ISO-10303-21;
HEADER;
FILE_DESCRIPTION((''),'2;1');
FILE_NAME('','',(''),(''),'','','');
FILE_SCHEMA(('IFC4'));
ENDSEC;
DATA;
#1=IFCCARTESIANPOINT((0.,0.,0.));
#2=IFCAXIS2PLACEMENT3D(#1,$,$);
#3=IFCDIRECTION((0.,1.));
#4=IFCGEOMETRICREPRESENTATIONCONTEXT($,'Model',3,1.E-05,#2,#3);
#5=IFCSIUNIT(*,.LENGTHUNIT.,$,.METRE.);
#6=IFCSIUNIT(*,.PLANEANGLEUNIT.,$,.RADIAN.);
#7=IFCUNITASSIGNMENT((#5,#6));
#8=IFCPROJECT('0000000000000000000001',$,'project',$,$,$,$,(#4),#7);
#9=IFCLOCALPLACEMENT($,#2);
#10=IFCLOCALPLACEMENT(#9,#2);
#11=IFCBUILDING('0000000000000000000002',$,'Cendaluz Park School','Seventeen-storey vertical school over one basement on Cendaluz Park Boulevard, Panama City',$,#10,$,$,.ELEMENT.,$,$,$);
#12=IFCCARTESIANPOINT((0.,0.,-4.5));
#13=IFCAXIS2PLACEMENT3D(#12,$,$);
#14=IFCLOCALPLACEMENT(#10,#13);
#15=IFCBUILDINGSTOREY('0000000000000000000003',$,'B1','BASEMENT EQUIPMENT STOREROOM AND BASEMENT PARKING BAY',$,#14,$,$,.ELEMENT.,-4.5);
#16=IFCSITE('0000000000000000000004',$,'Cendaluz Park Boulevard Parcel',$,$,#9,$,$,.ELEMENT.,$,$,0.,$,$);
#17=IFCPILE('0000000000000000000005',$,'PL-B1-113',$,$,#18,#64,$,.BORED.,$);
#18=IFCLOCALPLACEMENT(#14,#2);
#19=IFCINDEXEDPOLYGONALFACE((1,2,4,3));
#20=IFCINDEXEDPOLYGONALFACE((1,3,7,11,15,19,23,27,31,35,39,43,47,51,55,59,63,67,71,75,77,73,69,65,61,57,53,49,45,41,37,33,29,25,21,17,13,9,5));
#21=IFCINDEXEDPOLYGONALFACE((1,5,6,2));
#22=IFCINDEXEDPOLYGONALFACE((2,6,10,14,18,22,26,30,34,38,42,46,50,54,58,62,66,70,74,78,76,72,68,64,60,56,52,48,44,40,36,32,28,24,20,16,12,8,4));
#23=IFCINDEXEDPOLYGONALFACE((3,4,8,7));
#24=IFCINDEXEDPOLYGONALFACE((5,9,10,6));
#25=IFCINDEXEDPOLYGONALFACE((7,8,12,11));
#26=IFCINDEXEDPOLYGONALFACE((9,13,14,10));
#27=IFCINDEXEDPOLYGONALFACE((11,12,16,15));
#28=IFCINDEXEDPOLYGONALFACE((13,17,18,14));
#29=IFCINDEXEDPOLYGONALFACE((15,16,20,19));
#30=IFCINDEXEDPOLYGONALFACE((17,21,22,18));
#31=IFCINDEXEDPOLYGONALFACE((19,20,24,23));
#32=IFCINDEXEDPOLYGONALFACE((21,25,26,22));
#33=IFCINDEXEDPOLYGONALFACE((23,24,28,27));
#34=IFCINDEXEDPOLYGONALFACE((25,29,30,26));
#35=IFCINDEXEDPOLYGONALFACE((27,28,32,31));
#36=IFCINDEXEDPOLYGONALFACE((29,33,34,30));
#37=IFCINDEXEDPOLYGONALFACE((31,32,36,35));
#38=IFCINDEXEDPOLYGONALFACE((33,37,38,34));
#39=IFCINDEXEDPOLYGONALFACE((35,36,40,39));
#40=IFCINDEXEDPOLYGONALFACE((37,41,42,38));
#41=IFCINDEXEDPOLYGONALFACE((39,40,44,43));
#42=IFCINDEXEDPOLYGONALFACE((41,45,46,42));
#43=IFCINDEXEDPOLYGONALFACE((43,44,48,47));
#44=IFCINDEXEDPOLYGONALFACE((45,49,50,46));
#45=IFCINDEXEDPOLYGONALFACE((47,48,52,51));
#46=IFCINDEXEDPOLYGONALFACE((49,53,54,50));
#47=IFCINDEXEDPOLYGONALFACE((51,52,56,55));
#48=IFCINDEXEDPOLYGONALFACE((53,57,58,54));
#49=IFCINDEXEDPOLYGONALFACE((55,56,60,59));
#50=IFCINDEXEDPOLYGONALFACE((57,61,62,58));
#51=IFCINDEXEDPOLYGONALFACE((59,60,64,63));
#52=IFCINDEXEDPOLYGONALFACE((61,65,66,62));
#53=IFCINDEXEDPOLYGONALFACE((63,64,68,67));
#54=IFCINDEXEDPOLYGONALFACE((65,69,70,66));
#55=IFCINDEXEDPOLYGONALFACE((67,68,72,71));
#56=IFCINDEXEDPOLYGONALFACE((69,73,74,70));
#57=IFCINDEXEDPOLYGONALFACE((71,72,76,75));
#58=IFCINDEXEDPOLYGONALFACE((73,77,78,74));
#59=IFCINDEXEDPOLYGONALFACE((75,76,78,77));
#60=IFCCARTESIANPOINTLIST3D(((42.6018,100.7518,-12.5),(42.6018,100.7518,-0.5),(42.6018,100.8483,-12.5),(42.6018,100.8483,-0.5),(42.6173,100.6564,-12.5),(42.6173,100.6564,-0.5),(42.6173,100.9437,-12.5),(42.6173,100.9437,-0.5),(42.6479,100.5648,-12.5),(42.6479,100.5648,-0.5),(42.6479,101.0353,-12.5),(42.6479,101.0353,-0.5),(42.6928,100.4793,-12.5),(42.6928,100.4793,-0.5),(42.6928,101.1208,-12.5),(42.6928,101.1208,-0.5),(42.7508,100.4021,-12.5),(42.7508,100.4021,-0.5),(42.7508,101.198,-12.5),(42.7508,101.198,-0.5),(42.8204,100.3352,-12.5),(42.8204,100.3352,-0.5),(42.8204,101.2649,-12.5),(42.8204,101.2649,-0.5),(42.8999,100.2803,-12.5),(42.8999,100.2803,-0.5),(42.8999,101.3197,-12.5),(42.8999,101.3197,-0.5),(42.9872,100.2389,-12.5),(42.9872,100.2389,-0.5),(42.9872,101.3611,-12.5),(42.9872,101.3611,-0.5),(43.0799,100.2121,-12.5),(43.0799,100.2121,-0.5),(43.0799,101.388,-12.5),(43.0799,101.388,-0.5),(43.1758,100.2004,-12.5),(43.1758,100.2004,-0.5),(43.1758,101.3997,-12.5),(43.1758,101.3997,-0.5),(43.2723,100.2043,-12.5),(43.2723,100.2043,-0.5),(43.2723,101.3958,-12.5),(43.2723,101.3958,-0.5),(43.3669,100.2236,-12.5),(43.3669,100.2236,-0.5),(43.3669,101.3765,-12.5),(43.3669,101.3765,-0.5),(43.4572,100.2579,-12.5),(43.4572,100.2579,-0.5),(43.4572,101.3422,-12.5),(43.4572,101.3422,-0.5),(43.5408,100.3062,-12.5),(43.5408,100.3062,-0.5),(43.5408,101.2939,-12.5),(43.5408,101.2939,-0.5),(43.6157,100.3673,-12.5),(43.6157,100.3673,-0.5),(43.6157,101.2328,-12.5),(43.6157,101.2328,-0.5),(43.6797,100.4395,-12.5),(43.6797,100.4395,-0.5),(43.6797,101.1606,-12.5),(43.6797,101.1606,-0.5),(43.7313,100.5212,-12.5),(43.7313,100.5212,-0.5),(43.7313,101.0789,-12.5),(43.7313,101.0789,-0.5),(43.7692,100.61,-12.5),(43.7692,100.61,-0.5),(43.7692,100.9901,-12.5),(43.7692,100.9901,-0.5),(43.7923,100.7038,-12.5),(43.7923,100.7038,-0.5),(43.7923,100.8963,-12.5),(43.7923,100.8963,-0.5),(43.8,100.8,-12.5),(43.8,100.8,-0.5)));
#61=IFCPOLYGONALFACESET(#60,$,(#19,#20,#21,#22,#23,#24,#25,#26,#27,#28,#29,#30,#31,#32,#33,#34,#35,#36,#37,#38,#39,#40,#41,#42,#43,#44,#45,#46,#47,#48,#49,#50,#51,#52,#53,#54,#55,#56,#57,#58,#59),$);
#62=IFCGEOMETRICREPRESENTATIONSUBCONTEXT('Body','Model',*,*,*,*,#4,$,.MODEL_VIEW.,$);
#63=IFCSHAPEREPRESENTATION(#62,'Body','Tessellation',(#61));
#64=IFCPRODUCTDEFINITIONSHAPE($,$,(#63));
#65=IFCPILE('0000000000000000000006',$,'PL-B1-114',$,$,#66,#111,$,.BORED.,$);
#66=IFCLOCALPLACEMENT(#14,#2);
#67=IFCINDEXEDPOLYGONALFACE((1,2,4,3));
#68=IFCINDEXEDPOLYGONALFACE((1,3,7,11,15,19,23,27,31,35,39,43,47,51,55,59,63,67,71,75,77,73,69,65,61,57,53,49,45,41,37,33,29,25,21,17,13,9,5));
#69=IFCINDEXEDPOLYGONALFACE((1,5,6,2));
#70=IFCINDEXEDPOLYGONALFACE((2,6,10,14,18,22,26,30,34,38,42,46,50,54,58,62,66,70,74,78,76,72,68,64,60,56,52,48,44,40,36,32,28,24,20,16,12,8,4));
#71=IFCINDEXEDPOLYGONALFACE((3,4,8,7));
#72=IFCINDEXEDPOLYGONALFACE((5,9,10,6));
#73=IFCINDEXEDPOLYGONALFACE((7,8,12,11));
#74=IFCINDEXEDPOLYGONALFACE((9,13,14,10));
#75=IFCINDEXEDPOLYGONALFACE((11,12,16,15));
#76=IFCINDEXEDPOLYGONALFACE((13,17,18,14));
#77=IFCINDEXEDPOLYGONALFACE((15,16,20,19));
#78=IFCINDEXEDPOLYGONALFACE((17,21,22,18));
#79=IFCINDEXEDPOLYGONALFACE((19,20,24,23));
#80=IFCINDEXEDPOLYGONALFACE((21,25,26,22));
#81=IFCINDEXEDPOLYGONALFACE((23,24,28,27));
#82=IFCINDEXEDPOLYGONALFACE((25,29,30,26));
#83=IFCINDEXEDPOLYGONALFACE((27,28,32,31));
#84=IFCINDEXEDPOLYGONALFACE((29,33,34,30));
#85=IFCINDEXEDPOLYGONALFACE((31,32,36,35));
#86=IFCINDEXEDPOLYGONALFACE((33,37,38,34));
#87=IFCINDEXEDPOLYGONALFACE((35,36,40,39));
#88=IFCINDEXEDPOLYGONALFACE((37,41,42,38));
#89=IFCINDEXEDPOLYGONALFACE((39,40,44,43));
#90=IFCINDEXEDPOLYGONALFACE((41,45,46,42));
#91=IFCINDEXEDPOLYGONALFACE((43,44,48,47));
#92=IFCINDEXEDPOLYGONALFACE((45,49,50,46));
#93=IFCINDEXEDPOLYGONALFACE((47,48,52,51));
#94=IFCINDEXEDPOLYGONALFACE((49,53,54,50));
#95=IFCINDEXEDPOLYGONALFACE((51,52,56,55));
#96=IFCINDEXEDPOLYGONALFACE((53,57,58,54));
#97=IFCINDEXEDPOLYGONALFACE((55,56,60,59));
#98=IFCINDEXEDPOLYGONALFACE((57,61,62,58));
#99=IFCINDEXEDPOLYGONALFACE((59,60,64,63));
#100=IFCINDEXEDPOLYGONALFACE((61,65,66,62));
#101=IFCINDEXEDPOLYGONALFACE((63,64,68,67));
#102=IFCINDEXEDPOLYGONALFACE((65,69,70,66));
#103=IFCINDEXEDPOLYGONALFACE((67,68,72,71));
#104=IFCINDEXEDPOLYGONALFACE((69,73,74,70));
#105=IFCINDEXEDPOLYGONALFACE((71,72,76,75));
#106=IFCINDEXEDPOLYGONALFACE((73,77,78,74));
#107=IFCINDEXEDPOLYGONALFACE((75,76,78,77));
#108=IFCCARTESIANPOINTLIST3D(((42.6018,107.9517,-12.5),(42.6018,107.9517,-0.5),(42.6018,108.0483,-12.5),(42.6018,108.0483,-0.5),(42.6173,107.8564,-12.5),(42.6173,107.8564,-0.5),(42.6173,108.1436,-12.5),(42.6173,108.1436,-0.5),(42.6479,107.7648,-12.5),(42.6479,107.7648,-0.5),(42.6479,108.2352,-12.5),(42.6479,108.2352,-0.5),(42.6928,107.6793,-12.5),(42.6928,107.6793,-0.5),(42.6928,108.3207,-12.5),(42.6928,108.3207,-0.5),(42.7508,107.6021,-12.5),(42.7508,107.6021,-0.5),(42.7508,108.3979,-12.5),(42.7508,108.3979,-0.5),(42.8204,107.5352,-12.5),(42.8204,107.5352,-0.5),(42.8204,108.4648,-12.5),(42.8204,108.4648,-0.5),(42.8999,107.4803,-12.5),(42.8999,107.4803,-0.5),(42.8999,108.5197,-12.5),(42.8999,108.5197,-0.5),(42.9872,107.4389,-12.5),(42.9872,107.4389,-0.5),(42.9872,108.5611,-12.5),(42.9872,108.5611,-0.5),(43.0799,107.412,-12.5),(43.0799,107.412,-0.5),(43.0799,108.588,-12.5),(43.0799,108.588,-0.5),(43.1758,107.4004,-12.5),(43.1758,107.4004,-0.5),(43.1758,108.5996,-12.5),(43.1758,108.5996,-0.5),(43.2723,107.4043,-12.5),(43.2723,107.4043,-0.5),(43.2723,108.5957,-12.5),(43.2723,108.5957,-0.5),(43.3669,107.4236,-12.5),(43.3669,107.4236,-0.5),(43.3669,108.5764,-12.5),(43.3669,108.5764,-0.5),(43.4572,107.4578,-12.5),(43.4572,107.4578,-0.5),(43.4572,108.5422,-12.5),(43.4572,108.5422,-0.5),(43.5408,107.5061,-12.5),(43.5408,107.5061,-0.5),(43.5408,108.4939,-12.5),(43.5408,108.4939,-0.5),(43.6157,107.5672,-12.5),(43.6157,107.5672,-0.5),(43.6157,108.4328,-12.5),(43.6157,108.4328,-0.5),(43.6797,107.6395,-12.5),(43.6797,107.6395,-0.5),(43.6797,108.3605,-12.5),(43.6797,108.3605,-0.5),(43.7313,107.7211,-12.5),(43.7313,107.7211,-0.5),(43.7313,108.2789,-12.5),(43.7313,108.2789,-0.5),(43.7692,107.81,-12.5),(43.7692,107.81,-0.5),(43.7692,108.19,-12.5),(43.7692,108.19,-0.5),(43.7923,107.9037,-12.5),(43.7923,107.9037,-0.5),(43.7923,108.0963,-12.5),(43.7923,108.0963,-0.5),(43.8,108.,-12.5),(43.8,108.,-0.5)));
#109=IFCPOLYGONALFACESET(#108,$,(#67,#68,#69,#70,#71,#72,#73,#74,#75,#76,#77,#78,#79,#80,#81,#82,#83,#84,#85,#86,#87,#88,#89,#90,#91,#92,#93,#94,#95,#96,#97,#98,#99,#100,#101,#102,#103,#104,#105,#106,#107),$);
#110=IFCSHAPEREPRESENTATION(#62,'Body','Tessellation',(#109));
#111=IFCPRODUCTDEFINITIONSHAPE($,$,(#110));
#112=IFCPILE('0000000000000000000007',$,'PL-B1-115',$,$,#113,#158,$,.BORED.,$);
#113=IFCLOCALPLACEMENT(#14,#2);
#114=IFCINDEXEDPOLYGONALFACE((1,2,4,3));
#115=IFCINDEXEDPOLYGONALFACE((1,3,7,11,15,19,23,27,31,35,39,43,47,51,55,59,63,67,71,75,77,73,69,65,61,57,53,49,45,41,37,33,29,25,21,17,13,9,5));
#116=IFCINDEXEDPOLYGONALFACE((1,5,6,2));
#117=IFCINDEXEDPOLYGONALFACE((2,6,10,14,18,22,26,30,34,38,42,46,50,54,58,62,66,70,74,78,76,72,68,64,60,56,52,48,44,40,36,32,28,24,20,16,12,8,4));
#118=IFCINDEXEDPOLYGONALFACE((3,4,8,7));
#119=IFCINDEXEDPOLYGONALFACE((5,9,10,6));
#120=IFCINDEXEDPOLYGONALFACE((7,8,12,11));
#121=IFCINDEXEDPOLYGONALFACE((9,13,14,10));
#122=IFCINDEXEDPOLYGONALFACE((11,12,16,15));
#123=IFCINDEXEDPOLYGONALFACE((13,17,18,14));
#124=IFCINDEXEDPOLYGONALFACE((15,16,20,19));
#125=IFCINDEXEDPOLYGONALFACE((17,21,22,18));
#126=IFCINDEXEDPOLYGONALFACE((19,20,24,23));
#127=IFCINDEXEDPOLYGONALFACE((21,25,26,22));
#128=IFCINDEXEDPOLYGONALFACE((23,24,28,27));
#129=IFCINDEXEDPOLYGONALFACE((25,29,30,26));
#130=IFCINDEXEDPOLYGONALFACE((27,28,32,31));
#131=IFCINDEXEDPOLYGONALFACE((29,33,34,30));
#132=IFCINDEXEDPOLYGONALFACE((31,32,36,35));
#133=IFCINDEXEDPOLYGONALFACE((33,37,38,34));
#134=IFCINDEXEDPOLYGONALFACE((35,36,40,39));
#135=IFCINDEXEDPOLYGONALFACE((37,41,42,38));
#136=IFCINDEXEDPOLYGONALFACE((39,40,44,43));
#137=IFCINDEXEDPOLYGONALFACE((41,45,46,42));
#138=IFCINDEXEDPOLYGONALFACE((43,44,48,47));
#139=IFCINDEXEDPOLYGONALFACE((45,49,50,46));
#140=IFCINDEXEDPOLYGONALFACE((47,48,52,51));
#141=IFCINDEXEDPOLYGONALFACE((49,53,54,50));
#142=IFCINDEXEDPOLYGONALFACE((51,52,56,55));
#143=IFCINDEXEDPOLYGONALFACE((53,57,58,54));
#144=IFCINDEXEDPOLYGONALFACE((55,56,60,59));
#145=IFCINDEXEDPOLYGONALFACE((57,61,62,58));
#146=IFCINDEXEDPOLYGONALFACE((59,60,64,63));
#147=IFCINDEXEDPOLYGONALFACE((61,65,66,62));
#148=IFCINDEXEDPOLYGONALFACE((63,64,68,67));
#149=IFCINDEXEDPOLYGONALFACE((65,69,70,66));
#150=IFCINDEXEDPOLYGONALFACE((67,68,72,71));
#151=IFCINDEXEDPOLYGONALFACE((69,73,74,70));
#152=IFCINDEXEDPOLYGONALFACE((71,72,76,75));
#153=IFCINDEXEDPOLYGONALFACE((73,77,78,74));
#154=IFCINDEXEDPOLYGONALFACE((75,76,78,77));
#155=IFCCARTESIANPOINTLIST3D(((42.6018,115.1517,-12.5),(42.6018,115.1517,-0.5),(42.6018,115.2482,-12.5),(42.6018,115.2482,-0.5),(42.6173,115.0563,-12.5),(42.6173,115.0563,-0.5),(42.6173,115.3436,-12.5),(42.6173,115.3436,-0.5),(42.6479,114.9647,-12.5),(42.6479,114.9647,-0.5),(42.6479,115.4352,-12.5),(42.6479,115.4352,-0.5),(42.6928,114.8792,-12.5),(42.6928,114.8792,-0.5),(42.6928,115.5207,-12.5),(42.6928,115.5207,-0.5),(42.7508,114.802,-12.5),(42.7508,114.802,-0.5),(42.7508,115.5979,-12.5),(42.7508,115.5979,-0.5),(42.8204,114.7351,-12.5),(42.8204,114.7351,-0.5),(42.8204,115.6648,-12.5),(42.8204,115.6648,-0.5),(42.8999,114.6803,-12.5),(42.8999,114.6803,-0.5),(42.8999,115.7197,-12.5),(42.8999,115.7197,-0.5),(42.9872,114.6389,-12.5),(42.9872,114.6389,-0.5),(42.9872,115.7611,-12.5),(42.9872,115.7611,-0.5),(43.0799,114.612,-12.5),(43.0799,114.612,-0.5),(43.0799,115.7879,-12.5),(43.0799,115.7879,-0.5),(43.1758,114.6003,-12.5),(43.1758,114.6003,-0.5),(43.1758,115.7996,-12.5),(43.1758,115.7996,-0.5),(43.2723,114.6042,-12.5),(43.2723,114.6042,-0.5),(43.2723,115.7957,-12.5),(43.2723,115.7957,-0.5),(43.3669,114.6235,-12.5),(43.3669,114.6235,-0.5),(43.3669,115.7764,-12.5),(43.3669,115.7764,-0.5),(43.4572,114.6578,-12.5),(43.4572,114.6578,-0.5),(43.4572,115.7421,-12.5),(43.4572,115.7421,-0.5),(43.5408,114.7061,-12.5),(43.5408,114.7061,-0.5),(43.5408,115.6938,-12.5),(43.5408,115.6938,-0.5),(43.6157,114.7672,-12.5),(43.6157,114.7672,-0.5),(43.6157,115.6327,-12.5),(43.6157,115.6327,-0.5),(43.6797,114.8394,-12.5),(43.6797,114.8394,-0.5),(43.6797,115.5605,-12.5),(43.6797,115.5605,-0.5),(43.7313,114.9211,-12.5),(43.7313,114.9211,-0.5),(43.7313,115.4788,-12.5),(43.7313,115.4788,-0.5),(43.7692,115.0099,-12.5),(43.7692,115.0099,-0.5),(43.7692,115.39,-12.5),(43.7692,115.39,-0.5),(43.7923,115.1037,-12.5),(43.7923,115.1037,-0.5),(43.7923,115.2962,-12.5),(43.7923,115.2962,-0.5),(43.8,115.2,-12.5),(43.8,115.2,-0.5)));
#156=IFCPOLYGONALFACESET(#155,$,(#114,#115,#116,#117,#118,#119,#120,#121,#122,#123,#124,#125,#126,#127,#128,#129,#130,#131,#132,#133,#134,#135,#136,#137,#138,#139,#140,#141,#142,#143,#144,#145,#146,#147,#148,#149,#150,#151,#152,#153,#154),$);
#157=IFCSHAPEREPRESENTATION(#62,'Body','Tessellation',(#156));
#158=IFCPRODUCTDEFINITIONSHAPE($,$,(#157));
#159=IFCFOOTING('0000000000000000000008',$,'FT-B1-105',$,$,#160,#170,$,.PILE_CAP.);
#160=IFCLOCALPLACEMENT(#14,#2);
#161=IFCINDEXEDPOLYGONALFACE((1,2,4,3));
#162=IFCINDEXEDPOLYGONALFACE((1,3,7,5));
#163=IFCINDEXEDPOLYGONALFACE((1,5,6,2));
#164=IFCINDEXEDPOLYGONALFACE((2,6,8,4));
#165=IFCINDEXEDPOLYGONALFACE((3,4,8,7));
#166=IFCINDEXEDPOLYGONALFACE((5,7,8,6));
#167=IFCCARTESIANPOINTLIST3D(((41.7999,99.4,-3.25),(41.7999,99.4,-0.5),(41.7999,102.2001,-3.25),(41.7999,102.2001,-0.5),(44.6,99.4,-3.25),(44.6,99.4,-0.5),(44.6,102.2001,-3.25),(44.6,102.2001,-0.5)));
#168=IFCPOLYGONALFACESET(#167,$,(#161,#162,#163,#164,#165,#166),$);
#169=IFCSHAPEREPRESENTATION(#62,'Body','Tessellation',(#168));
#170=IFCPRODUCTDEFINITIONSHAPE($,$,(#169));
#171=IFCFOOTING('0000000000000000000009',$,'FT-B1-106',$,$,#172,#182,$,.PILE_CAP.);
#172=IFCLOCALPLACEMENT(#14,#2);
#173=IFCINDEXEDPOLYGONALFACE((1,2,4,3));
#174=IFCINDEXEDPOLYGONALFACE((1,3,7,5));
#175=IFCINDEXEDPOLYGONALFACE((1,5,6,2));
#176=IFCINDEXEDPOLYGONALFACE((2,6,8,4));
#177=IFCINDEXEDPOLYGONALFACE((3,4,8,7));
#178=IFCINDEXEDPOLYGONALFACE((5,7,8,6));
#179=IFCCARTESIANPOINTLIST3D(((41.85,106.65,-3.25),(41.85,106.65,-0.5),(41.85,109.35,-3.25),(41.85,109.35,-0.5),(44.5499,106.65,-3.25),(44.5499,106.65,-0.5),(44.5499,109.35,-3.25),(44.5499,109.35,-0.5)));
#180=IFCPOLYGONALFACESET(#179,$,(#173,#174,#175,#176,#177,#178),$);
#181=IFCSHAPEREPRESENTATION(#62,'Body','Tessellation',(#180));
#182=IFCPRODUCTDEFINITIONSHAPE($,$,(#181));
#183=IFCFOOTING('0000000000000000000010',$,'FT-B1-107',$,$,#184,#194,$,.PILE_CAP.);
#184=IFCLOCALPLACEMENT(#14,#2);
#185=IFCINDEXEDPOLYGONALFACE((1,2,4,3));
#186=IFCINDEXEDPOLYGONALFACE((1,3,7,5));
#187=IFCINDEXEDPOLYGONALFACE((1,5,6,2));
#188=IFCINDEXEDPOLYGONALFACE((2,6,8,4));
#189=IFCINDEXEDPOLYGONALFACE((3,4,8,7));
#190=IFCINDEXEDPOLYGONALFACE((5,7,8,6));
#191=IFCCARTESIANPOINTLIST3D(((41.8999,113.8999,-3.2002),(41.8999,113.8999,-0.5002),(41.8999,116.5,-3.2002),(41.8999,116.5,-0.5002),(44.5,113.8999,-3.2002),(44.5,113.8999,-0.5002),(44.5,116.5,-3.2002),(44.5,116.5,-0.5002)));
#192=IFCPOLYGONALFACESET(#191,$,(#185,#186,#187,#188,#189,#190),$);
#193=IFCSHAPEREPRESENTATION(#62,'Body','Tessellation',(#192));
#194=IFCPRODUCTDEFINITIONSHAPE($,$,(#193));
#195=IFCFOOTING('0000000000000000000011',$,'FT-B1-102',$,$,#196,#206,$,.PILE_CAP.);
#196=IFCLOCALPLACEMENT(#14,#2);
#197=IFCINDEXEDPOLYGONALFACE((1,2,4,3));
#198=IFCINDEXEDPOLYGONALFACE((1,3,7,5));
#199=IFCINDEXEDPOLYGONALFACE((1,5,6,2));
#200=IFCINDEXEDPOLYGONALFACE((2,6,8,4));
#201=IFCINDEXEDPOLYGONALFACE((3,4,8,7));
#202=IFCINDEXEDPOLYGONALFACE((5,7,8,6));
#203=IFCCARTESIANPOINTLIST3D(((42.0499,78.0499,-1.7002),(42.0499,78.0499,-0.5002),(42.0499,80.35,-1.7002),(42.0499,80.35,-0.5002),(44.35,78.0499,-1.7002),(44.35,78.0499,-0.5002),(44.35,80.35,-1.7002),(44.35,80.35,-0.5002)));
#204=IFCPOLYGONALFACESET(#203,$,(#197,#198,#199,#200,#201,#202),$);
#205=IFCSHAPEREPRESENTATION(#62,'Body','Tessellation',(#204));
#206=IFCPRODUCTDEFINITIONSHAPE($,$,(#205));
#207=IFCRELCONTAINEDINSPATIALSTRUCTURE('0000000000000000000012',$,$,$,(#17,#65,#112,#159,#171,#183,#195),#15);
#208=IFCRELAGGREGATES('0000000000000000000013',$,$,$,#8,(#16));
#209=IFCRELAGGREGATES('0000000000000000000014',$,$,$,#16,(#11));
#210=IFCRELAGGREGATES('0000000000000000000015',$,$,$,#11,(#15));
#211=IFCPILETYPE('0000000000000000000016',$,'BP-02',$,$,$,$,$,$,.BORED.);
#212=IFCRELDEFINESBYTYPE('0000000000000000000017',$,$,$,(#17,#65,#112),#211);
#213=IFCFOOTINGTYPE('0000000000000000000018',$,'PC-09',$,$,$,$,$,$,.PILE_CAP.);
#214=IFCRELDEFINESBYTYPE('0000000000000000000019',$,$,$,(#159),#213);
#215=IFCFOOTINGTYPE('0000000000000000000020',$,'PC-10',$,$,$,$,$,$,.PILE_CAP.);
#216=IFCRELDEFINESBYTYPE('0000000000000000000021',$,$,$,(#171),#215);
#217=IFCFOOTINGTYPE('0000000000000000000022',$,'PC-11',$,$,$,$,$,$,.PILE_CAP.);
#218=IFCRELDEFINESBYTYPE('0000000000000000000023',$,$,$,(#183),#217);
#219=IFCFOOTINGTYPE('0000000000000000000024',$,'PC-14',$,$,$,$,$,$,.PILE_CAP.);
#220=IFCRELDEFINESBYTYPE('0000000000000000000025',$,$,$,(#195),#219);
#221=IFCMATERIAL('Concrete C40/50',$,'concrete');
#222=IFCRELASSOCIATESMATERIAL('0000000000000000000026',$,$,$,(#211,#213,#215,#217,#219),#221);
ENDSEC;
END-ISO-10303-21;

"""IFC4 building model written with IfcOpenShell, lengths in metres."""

from ifc_helpers import new_model, si_unit, direction, frame, origin, origin_2d, place, context, subcontext, project, spatial, rectangle, circle, extrude, material, material_profile, profile_set, type_object, element, save


model = new_model("IFC4")

# Units and contexts
model_context = context("Model", 3, precision=1e-05, world=origin(), true_north=direction((0.0, 1.0)))
body_context = subcontext(model_context, "Body", "Model", "MODEL_VIEW")
ifc_project = project(units=[si_unit("LENGTHUNIT", "METRE"), si_unit("PLANEANGLEUNIT", "RADIAN")], contexts=[model_context])

# Site, building, storey
site_placement = place(None, origin())
site = spatial("IfcSite", under=ifc_project, at=site_placement, Name="Cendaluz Park Boulevard Parcel", CompositionType="ELEMENT", RefElevation=0.0)
building_placement = place(site_placement, origin())
building = spatial("IfcBuilding", under=site, at=building_placement, Name="Cendaluz Park School", Description="Seventeen-storey vertical school over one basement on Cendaluz Park Boulevard, Panama City", CompositionType="ELEMENT")
storey_placement = place(building_placement, frame((0.0, 0.0, -4.5)))
storey = spatial("IfcBuildingStorey", under=building, at=storey_placement, Name="B1", Description="BASEMENT EQUIPMENT STOREROOM AND BASEMENT PARKING BAY", CompositionType="ELEMENT", Elevation=-4.5)

# Piles
ifc_material = material(Name="Concrete C40/50", Category="concrete")
ifc_material_profile_1 = material_profile(ifc_material, circle(Radius=0.6001, at=origin_2d()), Name="BP D1200", Category="concrete")
ifc_profile_set_1 = profile_set([ifc_material_profile_1], Name="Concrete C40/50")
pile_type_1 = type_object("IfcPileType", Name="BP-02", PredefinedType="BORED", material=ifc_profile_set_1)
for number, where, z_axis, x_axis, name in (
    (1, (43.2, 100.8, -0.5), (0.0, 0.0, -1.0), (1.0, 0.0, 0.0), "PL-B1-113"),
    (2, (43.2, 108.0, -0.5), (0.0, 0.0, -1.0), (1.0, 0.0, 0.0), "PL-B1-114"),
    (3, (43.2, 115.2, -0.5), (0.0, 0.0, -1.0), (1.0, 0.0, 0.0), "PL-B1-115"),
):
    element("IfcPile", number, at=place(storey_placement, frame(where, z_axis=z_axis, x_axis=x_axis)), inside=storey, type_object=pile_type_1, Name=name, PredefinedType="BORED", context=body_context, shape_type="SweptSolid", body=[
        extrude(circle(Radius=0.6001, at=origin_2d()), origin(), (0.0, 0.0, 1.0), 12.0),
    ])

# Footings
footing_type_1 = type_object("IfcFootingType", Name="PC-09", PredefinedType="PILE_CAP", material=ifc_material)
footing_1_placement = place(storey_placement, frame((43.2, 100.8, -3.25), z_axis=(0.0, 0.0, 1.0), x_axis=(1.0, 0.0, 0.0)))
element("IfcFooting", 4, at=footing_1_placement, inside=storey, type_object=footing_type_1, Name="FT-B1-105", PredefinedType="PILE_CAP", context=body_context, shape_type="SweptSolid", body=[
    extrude(rectangle(XDim=2.8, YDim=2.8, at=origin_2d()), origin(), (0.0, 0.0, 1.0), 2.75),
])
footing_type_2 = type_object("IfcFootingType", Name="PC-10", PredefinedType="PILE_CAP", material=ifc_material)
footing_2_placement = place(storey_placement, frame((43.2, 108.0, -3.25), z_axis=(0.0, 0.0, 1.0), x_axis=(1.0, 0.0, 0.0)))
element("IfcFooting", 5, at=footing_2_placement, inside=storey, type_object=footing_type_2, Name="FT-B1-106", PredefinedType="PILE_CAP", context=body_context, shape_type="SweptSolid", body=[
    extrude(rectangle(XDim=2.7, YDim=2.7, at=origin_2d()), origin(), (0.0, 0.0, 1.0), 2.75),
])
footing_type_3 = type_object("IfcFootingType", Name="PC-11", PredefinedType="PILE_CAP", material=ifc_material)
footing_3_placement = place(storey_placement, frame((43.2, 115.2, -3.2002), z_axis=(0.0, 0.0, 1.0), x_axis=(1.0, 0.0, 0.0)))
element("IfcFooting", 6, at=footing_3_placement, inside=storey, type_object=footing_type_3, Name="FT-B1-107", PredefinedType="PILE_CAP", context=body_context, shape_type="SweptSolid", body=[
    extrude(rectangle(XDim=2.6001, YDim=2.6001, at=origin_2d()), origin(), (0.0, 0.0, 1.0), 2.7),
])
footing_type_4 = type_object("IfcFootingType", Name="PC-14", PredefinedType="PILE_CAP", material=ifc_material)
footing_4_placement = place(storey_placement, frame((43.2, 79.2, -1.7002), z_axis=(0.0, 0.0, 1.0), x_axis=(1.0, 0.0, 0.0)))
element("IfcFooting", 7, at=footing_4_placement, inside=storey, type_object=footing_type_4, Name="FT-B1-102", PredefinedType="PILE_CAP", context=body_context, shape_type="SweptSolid", body=[
    extrude(rectangle(XDim=2.3, YDim=2.3, at=origin_2d()), origin(), (0.0, 0.0, 1.0), 1.2),
])

save(model, "model.ifc")
